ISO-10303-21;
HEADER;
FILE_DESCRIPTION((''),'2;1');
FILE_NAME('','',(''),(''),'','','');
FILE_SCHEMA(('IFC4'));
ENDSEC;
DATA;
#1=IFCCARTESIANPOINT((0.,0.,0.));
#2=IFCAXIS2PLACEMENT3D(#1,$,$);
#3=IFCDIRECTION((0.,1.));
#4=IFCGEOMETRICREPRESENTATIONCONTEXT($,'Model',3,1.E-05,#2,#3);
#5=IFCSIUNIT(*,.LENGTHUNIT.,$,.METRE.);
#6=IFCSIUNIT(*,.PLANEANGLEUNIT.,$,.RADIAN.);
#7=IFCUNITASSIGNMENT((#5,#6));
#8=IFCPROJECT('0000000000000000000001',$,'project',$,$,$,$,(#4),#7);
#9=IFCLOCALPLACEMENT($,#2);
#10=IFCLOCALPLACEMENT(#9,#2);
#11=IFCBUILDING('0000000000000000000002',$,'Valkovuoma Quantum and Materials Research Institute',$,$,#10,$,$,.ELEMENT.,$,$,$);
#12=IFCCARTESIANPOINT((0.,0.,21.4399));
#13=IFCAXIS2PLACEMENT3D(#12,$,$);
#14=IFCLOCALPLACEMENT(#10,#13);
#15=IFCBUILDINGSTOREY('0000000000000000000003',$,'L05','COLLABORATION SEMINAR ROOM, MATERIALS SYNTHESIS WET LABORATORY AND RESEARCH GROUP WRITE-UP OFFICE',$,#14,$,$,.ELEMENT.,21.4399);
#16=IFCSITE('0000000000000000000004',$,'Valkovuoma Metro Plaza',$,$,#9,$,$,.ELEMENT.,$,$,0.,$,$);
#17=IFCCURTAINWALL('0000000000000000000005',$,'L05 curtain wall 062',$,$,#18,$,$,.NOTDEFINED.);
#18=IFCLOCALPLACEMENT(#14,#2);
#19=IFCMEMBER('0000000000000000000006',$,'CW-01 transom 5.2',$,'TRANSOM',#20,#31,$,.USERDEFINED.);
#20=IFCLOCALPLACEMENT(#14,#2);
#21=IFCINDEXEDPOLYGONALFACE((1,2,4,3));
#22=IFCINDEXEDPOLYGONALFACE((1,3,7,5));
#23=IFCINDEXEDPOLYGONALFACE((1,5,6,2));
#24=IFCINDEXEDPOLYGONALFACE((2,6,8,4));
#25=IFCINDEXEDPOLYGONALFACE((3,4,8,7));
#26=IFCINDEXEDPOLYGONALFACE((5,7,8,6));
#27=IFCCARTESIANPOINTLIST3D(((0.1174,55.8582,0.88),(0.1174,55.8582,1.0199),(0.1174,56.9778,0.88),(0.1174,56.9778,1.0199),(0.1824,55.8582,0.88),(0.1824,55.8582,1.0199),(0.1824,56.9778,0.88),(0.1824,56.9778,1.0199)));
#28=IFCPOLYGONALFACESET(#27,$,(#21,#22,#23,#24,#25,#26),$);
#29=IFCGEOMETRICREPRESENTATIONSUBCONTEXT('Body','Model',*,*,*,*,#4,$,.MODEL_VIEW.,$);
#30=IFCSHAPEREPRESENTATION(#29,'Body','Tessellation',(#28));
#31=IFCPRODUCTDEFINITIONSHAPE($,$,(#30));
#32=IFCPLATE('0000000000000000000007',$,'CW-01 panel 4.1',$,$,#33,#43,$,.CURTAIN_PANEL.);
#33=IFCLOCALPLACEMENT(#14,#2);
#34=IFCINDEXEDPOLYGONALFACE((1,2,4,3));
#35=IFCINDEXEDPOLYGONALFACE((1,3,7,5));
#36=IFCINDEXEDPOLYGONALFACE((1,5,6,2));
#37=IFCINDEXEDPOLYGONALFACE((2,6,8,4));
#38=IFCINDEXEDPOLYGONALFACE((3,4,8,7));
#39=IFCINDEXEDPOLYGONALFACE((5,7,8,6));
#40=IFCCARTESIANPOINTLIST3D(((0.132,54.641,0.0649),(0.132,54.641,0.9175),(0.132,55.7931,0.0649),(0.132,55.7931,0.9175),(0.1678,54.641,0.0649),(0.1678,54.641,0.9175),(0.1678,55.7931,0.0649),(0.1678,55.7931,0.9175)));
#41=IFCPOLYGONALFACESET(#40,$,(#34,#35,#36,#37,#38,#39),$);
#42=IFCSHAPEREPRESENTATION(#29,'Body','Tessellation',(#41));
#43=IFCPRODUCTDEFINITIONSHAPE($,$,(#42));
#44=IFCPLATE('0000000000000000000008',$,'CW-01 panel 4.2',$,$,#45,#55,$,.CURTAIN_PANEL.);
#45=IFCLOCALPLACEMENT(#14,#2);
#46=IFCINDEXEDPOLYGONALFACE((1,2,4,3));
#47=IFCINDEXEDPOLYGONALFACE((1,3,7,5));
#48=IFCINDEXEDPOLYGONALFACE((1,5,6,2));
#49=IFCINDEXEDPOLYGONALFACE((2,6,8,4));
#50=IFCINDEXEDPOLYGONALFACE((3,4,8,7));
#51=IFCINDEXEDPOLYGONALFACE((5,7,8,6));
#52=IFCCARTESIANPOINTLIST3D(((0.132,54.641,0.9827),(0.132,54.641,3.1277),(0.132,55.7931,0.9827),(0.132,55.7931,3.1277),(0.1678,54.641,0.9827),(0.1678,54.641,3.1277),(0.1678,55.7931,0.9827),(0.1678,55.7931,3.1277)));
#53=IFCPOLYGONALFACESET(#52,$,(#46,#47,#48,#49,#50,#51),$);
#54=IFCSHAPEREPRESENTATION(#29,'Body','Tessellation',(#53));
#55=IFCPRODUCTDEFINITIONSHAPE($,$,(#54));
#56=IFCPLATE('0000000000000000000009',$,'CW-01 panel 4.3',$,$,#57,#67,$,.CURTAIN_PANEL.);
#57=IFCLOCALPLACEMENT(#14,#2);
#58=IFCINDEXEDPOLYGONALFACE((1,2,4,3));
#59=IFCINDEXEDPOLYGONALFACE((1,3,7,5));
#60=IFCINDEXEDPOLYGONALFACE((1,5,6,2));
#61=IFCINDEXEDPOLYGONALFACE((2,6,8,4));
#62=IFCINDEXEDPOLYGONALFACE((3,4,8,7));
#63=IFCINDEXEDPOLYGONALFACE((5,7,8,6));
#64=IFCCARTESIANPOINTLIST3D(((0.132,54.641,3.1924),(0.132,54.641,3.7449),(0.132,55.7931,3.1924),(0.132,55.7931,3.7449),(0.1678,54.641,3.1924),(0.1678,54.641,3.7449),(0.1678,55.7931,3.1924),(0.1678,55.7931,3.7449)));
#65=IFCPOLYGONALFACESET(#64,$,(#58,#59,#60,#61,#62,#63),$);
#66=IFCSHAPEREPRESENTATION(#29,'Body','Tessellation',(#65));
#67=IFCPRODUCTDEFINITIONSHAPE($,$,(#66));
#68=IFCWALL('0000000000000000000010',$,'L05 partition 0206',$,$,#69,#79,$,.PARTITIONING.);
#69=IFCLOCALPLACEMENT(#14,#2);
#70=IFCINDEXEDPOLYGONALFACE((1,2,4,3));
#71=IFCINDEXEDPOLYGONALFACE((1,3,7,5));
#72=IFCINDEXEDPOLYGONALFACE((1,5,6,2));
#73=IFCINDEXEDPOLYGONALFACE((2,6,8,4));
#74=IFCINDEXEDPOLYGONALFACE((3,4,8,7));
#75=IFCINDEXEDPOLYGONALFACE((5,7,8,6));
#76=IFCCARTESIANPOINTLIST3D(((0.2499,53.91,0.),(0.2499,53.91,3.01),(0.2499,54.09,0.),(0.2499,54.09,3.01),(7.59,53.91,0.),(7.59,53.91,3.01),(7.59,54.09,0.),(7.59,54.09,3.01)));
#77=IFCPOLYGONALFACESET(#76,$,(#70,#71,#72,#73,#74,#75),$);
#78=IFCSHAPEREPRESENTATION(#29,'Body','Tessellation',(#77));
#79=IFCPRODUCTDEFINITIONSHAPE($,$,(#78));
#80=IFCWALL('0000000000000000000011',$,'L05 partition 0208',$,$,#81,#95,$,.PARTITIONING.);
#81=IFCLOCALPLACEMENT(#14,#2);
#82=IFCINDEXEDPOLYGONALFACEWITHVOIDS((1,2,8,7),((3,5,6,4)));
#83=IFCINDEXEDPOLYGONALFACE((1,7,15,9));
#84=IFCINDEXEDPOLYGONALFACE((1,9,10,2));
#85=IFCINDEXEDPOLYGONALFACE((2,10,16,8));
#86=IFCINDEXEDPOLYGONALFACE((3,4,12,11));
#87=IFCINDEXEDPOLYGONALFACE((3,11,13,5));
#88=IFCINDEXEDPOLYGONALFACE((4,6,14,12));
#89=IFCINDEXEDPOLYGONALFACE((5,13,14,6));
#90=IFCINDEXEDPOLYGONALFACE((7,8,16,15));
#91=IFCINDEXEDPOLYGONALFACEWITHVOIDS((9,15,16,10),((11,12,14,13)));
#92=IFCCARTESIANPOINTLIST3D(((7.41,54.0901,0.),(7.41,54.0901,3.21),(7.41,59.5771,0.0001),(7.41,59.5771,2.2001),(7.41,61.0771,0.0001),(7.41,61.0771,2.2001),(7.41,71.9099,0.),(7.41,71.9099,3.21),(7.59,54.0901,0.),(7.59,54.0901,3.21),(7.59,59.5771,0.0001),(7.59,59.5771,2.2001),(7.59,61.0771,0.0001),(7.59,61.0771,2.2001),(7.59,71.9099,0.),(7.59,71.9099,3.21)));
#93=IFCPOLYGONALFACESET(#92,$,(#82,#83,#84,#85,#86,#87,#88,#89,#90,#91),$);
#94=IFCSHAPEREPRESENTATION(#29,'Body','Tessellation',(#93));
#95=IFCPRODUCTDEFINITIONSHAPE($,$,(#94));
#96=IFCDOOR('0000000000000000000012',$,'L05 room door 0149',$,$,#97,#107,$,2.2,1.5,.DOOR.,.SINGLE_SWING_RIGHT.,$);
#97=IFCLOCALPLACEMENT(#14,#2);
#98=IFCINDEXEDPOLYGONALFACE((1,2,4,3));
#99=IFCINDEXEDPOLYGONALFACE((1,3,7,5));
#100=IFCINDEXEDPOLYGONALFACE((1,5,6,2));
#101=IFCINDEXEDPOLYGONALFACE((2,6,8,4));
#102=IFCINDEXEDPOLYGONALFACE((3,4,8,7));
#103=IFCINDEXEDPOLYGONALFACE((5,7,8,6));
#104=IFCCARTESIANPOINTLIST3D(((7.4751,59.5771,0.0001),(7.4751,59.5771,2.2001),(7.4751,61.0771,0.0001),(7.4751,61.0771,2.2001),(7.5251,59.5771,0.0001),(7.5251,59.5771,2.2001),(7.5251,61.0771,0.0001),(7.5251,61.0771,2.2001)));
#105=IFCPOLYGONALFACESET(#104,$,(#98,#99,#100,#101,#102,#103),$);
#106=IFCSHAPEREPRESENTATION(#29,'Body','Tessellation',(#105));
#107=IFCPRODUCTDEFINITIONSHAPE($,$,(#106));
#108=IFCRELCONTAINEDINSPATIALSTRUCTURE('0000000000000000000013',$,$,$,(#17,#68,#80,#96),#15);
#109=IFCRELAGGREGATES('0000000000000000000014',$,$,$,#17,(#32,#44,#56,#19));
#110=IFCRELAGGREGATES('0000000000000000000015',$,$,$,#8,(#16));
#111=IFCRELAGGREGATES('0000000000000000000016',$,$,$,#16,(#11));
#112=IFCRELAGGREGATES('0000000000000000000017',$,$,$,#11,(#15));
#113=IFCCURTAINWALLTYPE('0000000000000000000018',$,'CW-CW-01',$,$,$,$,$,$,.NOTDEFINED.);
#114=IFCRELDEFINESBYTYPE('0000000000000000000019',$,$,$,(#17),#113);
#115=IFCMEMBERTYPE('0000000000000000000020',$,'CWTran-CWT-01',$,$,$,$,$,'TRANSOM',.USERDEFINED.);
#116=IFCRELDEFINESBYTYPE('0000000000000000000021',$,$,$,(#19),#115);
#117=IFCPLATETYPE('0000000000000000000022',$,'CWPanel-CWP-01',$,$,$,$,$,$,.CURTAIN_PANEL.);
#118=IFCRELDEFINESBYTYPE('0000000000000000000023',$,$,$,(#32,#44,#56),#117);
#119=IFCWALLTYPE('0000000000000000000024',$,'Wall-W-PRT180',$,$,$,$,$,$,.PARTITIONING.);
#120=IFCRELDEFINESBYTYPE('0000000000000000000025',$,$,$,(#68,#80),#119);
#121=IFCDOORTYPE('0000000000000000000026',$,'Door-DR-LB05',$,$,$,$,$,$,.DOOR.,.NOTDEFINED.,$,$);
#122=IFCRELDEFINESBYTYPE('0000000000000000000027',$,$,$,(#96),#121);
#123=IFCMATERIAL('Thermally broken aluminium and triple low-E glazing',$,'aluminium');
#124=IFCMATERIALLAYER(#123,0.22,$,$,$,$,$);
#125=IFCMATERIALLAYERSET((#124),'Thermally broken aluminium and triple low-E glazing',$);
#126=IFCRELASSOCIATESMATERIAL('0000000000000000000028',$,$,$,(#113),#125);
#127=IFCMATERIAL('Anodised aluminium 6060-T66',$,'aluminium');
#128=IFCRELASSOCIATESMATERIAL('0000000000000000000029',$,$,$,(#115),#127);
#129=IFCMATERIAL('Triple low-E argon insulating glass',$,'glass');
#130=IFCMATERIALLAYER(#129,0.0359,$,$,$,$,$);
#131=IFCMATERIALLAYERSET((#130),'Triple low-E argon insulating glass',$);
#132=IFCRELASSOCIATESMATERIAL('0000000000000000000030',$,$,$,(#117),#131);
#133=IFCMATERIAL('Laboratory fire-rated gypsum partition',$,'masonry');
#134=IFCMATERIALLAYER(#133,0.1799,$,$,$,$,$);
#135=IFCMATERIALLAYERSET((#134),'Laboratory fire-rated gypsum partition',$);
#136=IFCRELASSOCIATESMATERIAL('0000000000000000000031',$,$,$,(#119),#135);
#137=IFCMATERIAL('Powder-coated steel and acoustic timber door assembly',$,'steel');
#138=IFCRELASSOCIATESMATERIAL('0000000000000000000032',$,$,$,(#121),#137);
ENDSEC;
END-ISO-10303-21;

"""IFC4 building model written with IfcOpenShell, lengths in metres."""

from ifc_helpers import new_model, si_unit, direction, frame, frame_2d, origin, origin_2d, place, context, subcontext, project, spatial, rectangle, extrude, material, layer, layer_set, material_profile, profile_set, type_object, element, fill, aggregate, save


model = new_model("IFC4")

# Units and contexts
model_context = context("Model", 3, precision=1e-05, world=origin(), true_north=direction((0.0, 1.0)))
body_context = subcontext(model_context, "Body", "Model", "MODEL_VIEW")
ifc_project = project(units=[si_unit("LENGTHUNIT", "METRE"), si_unit("PLANEANGLEUNIT", "RADIAN")], contexts=[model_context])

# Site, building, storey
site_placement = place(None, origin())
site = spatial("IfcSite", under=ifc_project, at=site_placement, Name="Valkovuoma Metro Plaza", CompositionType="ELEMENT", RefElevation=0.0)
building_placement = place(site_placement, origin())
building = spatial("IfcBuilding", under=site, at=building_placement, Name="Valkovuoma Quantum and Materials Research Institute", CompositionType="ELEMENT")
storey_placement = place(building_placement, frame((0.0, 0.0, 21.4399)))
storey = spatial("IfcBuildingStorey", under=building, at=storey_placement, Name="L05", Description="COLLABORATION SEMINAR ROOM, MATERIALS SYNTHESIS WET LABORATORY AND RESEARCH GROUP WRITE-UP OFFICE", CompositionType="ELEMENT", Elevation=21.4399)

# Shared definitions
ifc_material_1 = material(Name="Thermally broken aluminium and triple low-E glazing", Category="aluminium")
ifc_layer_1 = layer(ifc_material_1, 0.22)
ifc_layer_set_1 = layer_set([ifc_layer_1], Name="Thermally broken aluminium and triple low-E glazing")
curtain_wall_type = type_object("IfcCurtainWallType", Name="CW-CW-01", PredefinedType="NOTDEFINED", material=ifc_layer_set_1)

# Curtain wall
curtain_wall_1_placement = place(storey_placement, origin())
curtain_wall_1 = element("IfcCurtainWall", 1, at=curtain_wall_1_placement, inside=storey, type_object=curtain_wall_type, Name="L05 curtain wall 062", PredefinedType="NOTDEFINED")

# Member
ifc_material_2 = material(Name="Anodised aluminium 6060-T66", Category="aluminium")
ifc_material_profile_1 = material_profile(ifc_material_2, rectangle(XDim=0.0649, YDim=0.1399, at=origin_2d()), Name="Anodised aluminium 6060-T66")
ifc_profile_set_1 = profile_set([ifc_material_profile_1], Name="Anodised aluminium 6060-T66")
member_type_1 = type_object("IfcMemberType", Name="CWTran-CWT-01", ElementType="TRANSOM", PredefinedType="USERDEFINED", material=ifc_profile_set_1)
member_1_placement = place(storey_placement, frame((0.1499, 55.8582, 0.95), z_axis=(0.0, 1.0, 0.0), x_axis=(-1.0, 0.0, 0.0)))
member_1 = element("IfcMember", 2, at=member_1_placement, type_object=member_type_1, Name="CW-01 transom 5.2", ObjectType="TRANSOM", PredefinedType="USERDEFINED", context=body_context, shape_type="SweptSolid", body=[
    extrude(rectangle(XDim=0.0649, YDim=0.1399, at=origin_2d()), origin(), (0.0, 0.0, 1.0), 1.1196),
])

# Plates
ifc_material_3 = material(Name="Triple low-E argon insulating glass", Category="glass")
ifc_layer_2 = layer(ifc_material_3, 0.0359)
ifc_layer_set_2 = layer_set([ifc_layer_2], Name="Triple low-E argon insulating glass")
plate_type = type_object("IfcPlateType", Name="CWPanel-CWP-01", PredefinedType="CURTAIN_PANEL", material=ifc_layer_set_2)
plate_1_placement = place(storey_placement, frame((0.1499, 55.217, 0.0649), z_axis=(0.0, 0.0, 1.0), x_axis=(0.0, 1.0, 0.0)))
plate_1 = element("IfcPlate", 3, at=plate_1_placement, type_object=plate_type, Name="CW-01 panel 4.1", PredefinedType="CURTAIN_PANEL", context=body_context, shape_type="SweptSolid", body=[
    extrude(rectangle(XDim=1.1521, YDim=0.0359, at=origin_2d()), origin(), (0.0, 0.0, 1.0), 0.8525),
])
plate_2_placement = place(storey_placement, frame((0.1499, 55.217, 0.9827), z_axis=(0.0, 0.0, 1.0), x_axis=(0.0, 1.0, 0.0)))
plate_2 = element("IfcPlate", 4, at=plate_2_placement, type_object=plate_type, Name="CW-01 panel 4.2", PredefinedType="CURTAIN_PANEL", context=body_context, shape_type="SweptSolid", body=[
    extrude(rectangle(XDim=1.1521, YDim=0.0359, at=origin_2d()), origin(), (0.0, 0.0, 1.0), 2.145),
])
plate_3_placement = place(storey_placement, frame((0.1499, 55.217, 3.1924), z_axis=(0.0, 0.0, 1.0), x_axis=(0.0, 1.0, 0.0)))
plate_3 = element("IfcPlate", 5, at=plate_3_placement, type_object=plate_type, Name="CW-01 panel 4.3", PredefinedType="CURTAIN_PANEL", context=body_context, shape_type="SweptSolid", body=[
    extrude(rectangle(XDim=1.1521, YDim=0.0359, at=origin_2d()), origin(), (0.0, 0.0, 1.0), 0.5525),
])
aggregate(curtain_wall_1, [plate_1, plate_2, plate_3, member_1])

# Wall
ifc_material_4 = material(Name="Laboratory fire-rated gypsum partition", Category="masonry")
ifc_layer_3 = layer(ifc_material_4, 0.1799)
ifc_layer_set_3 = layer_set([ifc_layer_3], Name="Laboratory fire-rated gypsum partition")
wall_type = type_object("IfcWallType", Name="Wall-W-PRT180", PredefinedType="PARTITIONING", material=ifc_layer_set_3)
wall_1_placement = place(storey_placement, frame((0.25, 54.0, 0.0), z_axis=(0.0, 0.0, 1.0), x_axis=(1.0, 0.0, 0.0)))
element("IfcWall", 6, at=wall_1_placement, inside=storey, type_object=wall_type, Name="L05 partition 0206", PredefinedType="PARTITIONING", context=body_context, shape_type="SweptSolid", body=[
    extrude(rectangle(XDim=7.3401, YDim=0.1799, at=frame_2d((3.6699, 0.0))), origin(), (0.0, 0.0, 1.0), 3.01),
])

# Wall, opening, door
wall_2_placement = place(storey_placement, frame((7.5, 54.0901, 0.0), z_axis=(0.0, 0.0, 1.0), x_axis=(0.0, 1.0, 0.0)))
wall_2 = element("IfcWall", 7, at=wall_2_placement, inside=storey, type_object=wall_type, Name="L05 partition 0208", PredefinedType="PARTITIONING", context=body_context, shape_type="SweptSolid", body=[
    extrude(rectangle(XDim=17.8198, YDim=0.1799, at=frame_2d((8.9099, 0.0))), origin(), (0.0, 0.0, 1.0), 3.21),
])
opening_placement = place(wall_2_placement, frame((5.4871, 0.0, 0.0)))
opening = element("IfcOpeningElement", 8, at=opening_placement, cuts=wall_2, PredefinedType="OPENING", context=body_context, shape_type="SweptSolid", body=[
    extrude(rectangle(XDim=1.5, YDim=2.2, at=frame_2d((0.75, 1.1001))), frame((0.0, 0.1001, 0.0), z_axis=(0.0, -1.0, 0.0), x_axis=(1.0, 0.0, 0.0)), (0.0, 0.0, 1.0), 0.2),
])
ifc_material_5 = material(Name="Powder-coated steel and acoustic timber door assembly", Category="steel")
door_type = type_object("IfcDoorType", Name="Door-DR-LB05", OperationType="NOTDEFINED", PredefinedType="DOOR", material=ifc_material_5)
door_placement = place(opening_placement, origin())
door = element("IfcDoor", 9, at=door_placement, inside=storey, type_object=door_type, Name="L05 room door 0149", OperationType="SINGLE_SWING_RIGHT", OverallHeight=2.2, OverallWidth=1.5, PredefinedType="DOOR", context=body_context, shape_type="SweptSolid", body=[
    extrude(rectangle(XDim=1.5, YDim=2.2, at=frame_2d((0.75, 1.1001))), frame((0.0, 0.0249, 0.0), z_axis=(0.0, -1.0, 0.0), x_axis=(1.0, 0.0, 0.0)), (0.0, 0.0, 1.0), 0.05),
])
fill(opening, door)

save(model, "model.ifc")
